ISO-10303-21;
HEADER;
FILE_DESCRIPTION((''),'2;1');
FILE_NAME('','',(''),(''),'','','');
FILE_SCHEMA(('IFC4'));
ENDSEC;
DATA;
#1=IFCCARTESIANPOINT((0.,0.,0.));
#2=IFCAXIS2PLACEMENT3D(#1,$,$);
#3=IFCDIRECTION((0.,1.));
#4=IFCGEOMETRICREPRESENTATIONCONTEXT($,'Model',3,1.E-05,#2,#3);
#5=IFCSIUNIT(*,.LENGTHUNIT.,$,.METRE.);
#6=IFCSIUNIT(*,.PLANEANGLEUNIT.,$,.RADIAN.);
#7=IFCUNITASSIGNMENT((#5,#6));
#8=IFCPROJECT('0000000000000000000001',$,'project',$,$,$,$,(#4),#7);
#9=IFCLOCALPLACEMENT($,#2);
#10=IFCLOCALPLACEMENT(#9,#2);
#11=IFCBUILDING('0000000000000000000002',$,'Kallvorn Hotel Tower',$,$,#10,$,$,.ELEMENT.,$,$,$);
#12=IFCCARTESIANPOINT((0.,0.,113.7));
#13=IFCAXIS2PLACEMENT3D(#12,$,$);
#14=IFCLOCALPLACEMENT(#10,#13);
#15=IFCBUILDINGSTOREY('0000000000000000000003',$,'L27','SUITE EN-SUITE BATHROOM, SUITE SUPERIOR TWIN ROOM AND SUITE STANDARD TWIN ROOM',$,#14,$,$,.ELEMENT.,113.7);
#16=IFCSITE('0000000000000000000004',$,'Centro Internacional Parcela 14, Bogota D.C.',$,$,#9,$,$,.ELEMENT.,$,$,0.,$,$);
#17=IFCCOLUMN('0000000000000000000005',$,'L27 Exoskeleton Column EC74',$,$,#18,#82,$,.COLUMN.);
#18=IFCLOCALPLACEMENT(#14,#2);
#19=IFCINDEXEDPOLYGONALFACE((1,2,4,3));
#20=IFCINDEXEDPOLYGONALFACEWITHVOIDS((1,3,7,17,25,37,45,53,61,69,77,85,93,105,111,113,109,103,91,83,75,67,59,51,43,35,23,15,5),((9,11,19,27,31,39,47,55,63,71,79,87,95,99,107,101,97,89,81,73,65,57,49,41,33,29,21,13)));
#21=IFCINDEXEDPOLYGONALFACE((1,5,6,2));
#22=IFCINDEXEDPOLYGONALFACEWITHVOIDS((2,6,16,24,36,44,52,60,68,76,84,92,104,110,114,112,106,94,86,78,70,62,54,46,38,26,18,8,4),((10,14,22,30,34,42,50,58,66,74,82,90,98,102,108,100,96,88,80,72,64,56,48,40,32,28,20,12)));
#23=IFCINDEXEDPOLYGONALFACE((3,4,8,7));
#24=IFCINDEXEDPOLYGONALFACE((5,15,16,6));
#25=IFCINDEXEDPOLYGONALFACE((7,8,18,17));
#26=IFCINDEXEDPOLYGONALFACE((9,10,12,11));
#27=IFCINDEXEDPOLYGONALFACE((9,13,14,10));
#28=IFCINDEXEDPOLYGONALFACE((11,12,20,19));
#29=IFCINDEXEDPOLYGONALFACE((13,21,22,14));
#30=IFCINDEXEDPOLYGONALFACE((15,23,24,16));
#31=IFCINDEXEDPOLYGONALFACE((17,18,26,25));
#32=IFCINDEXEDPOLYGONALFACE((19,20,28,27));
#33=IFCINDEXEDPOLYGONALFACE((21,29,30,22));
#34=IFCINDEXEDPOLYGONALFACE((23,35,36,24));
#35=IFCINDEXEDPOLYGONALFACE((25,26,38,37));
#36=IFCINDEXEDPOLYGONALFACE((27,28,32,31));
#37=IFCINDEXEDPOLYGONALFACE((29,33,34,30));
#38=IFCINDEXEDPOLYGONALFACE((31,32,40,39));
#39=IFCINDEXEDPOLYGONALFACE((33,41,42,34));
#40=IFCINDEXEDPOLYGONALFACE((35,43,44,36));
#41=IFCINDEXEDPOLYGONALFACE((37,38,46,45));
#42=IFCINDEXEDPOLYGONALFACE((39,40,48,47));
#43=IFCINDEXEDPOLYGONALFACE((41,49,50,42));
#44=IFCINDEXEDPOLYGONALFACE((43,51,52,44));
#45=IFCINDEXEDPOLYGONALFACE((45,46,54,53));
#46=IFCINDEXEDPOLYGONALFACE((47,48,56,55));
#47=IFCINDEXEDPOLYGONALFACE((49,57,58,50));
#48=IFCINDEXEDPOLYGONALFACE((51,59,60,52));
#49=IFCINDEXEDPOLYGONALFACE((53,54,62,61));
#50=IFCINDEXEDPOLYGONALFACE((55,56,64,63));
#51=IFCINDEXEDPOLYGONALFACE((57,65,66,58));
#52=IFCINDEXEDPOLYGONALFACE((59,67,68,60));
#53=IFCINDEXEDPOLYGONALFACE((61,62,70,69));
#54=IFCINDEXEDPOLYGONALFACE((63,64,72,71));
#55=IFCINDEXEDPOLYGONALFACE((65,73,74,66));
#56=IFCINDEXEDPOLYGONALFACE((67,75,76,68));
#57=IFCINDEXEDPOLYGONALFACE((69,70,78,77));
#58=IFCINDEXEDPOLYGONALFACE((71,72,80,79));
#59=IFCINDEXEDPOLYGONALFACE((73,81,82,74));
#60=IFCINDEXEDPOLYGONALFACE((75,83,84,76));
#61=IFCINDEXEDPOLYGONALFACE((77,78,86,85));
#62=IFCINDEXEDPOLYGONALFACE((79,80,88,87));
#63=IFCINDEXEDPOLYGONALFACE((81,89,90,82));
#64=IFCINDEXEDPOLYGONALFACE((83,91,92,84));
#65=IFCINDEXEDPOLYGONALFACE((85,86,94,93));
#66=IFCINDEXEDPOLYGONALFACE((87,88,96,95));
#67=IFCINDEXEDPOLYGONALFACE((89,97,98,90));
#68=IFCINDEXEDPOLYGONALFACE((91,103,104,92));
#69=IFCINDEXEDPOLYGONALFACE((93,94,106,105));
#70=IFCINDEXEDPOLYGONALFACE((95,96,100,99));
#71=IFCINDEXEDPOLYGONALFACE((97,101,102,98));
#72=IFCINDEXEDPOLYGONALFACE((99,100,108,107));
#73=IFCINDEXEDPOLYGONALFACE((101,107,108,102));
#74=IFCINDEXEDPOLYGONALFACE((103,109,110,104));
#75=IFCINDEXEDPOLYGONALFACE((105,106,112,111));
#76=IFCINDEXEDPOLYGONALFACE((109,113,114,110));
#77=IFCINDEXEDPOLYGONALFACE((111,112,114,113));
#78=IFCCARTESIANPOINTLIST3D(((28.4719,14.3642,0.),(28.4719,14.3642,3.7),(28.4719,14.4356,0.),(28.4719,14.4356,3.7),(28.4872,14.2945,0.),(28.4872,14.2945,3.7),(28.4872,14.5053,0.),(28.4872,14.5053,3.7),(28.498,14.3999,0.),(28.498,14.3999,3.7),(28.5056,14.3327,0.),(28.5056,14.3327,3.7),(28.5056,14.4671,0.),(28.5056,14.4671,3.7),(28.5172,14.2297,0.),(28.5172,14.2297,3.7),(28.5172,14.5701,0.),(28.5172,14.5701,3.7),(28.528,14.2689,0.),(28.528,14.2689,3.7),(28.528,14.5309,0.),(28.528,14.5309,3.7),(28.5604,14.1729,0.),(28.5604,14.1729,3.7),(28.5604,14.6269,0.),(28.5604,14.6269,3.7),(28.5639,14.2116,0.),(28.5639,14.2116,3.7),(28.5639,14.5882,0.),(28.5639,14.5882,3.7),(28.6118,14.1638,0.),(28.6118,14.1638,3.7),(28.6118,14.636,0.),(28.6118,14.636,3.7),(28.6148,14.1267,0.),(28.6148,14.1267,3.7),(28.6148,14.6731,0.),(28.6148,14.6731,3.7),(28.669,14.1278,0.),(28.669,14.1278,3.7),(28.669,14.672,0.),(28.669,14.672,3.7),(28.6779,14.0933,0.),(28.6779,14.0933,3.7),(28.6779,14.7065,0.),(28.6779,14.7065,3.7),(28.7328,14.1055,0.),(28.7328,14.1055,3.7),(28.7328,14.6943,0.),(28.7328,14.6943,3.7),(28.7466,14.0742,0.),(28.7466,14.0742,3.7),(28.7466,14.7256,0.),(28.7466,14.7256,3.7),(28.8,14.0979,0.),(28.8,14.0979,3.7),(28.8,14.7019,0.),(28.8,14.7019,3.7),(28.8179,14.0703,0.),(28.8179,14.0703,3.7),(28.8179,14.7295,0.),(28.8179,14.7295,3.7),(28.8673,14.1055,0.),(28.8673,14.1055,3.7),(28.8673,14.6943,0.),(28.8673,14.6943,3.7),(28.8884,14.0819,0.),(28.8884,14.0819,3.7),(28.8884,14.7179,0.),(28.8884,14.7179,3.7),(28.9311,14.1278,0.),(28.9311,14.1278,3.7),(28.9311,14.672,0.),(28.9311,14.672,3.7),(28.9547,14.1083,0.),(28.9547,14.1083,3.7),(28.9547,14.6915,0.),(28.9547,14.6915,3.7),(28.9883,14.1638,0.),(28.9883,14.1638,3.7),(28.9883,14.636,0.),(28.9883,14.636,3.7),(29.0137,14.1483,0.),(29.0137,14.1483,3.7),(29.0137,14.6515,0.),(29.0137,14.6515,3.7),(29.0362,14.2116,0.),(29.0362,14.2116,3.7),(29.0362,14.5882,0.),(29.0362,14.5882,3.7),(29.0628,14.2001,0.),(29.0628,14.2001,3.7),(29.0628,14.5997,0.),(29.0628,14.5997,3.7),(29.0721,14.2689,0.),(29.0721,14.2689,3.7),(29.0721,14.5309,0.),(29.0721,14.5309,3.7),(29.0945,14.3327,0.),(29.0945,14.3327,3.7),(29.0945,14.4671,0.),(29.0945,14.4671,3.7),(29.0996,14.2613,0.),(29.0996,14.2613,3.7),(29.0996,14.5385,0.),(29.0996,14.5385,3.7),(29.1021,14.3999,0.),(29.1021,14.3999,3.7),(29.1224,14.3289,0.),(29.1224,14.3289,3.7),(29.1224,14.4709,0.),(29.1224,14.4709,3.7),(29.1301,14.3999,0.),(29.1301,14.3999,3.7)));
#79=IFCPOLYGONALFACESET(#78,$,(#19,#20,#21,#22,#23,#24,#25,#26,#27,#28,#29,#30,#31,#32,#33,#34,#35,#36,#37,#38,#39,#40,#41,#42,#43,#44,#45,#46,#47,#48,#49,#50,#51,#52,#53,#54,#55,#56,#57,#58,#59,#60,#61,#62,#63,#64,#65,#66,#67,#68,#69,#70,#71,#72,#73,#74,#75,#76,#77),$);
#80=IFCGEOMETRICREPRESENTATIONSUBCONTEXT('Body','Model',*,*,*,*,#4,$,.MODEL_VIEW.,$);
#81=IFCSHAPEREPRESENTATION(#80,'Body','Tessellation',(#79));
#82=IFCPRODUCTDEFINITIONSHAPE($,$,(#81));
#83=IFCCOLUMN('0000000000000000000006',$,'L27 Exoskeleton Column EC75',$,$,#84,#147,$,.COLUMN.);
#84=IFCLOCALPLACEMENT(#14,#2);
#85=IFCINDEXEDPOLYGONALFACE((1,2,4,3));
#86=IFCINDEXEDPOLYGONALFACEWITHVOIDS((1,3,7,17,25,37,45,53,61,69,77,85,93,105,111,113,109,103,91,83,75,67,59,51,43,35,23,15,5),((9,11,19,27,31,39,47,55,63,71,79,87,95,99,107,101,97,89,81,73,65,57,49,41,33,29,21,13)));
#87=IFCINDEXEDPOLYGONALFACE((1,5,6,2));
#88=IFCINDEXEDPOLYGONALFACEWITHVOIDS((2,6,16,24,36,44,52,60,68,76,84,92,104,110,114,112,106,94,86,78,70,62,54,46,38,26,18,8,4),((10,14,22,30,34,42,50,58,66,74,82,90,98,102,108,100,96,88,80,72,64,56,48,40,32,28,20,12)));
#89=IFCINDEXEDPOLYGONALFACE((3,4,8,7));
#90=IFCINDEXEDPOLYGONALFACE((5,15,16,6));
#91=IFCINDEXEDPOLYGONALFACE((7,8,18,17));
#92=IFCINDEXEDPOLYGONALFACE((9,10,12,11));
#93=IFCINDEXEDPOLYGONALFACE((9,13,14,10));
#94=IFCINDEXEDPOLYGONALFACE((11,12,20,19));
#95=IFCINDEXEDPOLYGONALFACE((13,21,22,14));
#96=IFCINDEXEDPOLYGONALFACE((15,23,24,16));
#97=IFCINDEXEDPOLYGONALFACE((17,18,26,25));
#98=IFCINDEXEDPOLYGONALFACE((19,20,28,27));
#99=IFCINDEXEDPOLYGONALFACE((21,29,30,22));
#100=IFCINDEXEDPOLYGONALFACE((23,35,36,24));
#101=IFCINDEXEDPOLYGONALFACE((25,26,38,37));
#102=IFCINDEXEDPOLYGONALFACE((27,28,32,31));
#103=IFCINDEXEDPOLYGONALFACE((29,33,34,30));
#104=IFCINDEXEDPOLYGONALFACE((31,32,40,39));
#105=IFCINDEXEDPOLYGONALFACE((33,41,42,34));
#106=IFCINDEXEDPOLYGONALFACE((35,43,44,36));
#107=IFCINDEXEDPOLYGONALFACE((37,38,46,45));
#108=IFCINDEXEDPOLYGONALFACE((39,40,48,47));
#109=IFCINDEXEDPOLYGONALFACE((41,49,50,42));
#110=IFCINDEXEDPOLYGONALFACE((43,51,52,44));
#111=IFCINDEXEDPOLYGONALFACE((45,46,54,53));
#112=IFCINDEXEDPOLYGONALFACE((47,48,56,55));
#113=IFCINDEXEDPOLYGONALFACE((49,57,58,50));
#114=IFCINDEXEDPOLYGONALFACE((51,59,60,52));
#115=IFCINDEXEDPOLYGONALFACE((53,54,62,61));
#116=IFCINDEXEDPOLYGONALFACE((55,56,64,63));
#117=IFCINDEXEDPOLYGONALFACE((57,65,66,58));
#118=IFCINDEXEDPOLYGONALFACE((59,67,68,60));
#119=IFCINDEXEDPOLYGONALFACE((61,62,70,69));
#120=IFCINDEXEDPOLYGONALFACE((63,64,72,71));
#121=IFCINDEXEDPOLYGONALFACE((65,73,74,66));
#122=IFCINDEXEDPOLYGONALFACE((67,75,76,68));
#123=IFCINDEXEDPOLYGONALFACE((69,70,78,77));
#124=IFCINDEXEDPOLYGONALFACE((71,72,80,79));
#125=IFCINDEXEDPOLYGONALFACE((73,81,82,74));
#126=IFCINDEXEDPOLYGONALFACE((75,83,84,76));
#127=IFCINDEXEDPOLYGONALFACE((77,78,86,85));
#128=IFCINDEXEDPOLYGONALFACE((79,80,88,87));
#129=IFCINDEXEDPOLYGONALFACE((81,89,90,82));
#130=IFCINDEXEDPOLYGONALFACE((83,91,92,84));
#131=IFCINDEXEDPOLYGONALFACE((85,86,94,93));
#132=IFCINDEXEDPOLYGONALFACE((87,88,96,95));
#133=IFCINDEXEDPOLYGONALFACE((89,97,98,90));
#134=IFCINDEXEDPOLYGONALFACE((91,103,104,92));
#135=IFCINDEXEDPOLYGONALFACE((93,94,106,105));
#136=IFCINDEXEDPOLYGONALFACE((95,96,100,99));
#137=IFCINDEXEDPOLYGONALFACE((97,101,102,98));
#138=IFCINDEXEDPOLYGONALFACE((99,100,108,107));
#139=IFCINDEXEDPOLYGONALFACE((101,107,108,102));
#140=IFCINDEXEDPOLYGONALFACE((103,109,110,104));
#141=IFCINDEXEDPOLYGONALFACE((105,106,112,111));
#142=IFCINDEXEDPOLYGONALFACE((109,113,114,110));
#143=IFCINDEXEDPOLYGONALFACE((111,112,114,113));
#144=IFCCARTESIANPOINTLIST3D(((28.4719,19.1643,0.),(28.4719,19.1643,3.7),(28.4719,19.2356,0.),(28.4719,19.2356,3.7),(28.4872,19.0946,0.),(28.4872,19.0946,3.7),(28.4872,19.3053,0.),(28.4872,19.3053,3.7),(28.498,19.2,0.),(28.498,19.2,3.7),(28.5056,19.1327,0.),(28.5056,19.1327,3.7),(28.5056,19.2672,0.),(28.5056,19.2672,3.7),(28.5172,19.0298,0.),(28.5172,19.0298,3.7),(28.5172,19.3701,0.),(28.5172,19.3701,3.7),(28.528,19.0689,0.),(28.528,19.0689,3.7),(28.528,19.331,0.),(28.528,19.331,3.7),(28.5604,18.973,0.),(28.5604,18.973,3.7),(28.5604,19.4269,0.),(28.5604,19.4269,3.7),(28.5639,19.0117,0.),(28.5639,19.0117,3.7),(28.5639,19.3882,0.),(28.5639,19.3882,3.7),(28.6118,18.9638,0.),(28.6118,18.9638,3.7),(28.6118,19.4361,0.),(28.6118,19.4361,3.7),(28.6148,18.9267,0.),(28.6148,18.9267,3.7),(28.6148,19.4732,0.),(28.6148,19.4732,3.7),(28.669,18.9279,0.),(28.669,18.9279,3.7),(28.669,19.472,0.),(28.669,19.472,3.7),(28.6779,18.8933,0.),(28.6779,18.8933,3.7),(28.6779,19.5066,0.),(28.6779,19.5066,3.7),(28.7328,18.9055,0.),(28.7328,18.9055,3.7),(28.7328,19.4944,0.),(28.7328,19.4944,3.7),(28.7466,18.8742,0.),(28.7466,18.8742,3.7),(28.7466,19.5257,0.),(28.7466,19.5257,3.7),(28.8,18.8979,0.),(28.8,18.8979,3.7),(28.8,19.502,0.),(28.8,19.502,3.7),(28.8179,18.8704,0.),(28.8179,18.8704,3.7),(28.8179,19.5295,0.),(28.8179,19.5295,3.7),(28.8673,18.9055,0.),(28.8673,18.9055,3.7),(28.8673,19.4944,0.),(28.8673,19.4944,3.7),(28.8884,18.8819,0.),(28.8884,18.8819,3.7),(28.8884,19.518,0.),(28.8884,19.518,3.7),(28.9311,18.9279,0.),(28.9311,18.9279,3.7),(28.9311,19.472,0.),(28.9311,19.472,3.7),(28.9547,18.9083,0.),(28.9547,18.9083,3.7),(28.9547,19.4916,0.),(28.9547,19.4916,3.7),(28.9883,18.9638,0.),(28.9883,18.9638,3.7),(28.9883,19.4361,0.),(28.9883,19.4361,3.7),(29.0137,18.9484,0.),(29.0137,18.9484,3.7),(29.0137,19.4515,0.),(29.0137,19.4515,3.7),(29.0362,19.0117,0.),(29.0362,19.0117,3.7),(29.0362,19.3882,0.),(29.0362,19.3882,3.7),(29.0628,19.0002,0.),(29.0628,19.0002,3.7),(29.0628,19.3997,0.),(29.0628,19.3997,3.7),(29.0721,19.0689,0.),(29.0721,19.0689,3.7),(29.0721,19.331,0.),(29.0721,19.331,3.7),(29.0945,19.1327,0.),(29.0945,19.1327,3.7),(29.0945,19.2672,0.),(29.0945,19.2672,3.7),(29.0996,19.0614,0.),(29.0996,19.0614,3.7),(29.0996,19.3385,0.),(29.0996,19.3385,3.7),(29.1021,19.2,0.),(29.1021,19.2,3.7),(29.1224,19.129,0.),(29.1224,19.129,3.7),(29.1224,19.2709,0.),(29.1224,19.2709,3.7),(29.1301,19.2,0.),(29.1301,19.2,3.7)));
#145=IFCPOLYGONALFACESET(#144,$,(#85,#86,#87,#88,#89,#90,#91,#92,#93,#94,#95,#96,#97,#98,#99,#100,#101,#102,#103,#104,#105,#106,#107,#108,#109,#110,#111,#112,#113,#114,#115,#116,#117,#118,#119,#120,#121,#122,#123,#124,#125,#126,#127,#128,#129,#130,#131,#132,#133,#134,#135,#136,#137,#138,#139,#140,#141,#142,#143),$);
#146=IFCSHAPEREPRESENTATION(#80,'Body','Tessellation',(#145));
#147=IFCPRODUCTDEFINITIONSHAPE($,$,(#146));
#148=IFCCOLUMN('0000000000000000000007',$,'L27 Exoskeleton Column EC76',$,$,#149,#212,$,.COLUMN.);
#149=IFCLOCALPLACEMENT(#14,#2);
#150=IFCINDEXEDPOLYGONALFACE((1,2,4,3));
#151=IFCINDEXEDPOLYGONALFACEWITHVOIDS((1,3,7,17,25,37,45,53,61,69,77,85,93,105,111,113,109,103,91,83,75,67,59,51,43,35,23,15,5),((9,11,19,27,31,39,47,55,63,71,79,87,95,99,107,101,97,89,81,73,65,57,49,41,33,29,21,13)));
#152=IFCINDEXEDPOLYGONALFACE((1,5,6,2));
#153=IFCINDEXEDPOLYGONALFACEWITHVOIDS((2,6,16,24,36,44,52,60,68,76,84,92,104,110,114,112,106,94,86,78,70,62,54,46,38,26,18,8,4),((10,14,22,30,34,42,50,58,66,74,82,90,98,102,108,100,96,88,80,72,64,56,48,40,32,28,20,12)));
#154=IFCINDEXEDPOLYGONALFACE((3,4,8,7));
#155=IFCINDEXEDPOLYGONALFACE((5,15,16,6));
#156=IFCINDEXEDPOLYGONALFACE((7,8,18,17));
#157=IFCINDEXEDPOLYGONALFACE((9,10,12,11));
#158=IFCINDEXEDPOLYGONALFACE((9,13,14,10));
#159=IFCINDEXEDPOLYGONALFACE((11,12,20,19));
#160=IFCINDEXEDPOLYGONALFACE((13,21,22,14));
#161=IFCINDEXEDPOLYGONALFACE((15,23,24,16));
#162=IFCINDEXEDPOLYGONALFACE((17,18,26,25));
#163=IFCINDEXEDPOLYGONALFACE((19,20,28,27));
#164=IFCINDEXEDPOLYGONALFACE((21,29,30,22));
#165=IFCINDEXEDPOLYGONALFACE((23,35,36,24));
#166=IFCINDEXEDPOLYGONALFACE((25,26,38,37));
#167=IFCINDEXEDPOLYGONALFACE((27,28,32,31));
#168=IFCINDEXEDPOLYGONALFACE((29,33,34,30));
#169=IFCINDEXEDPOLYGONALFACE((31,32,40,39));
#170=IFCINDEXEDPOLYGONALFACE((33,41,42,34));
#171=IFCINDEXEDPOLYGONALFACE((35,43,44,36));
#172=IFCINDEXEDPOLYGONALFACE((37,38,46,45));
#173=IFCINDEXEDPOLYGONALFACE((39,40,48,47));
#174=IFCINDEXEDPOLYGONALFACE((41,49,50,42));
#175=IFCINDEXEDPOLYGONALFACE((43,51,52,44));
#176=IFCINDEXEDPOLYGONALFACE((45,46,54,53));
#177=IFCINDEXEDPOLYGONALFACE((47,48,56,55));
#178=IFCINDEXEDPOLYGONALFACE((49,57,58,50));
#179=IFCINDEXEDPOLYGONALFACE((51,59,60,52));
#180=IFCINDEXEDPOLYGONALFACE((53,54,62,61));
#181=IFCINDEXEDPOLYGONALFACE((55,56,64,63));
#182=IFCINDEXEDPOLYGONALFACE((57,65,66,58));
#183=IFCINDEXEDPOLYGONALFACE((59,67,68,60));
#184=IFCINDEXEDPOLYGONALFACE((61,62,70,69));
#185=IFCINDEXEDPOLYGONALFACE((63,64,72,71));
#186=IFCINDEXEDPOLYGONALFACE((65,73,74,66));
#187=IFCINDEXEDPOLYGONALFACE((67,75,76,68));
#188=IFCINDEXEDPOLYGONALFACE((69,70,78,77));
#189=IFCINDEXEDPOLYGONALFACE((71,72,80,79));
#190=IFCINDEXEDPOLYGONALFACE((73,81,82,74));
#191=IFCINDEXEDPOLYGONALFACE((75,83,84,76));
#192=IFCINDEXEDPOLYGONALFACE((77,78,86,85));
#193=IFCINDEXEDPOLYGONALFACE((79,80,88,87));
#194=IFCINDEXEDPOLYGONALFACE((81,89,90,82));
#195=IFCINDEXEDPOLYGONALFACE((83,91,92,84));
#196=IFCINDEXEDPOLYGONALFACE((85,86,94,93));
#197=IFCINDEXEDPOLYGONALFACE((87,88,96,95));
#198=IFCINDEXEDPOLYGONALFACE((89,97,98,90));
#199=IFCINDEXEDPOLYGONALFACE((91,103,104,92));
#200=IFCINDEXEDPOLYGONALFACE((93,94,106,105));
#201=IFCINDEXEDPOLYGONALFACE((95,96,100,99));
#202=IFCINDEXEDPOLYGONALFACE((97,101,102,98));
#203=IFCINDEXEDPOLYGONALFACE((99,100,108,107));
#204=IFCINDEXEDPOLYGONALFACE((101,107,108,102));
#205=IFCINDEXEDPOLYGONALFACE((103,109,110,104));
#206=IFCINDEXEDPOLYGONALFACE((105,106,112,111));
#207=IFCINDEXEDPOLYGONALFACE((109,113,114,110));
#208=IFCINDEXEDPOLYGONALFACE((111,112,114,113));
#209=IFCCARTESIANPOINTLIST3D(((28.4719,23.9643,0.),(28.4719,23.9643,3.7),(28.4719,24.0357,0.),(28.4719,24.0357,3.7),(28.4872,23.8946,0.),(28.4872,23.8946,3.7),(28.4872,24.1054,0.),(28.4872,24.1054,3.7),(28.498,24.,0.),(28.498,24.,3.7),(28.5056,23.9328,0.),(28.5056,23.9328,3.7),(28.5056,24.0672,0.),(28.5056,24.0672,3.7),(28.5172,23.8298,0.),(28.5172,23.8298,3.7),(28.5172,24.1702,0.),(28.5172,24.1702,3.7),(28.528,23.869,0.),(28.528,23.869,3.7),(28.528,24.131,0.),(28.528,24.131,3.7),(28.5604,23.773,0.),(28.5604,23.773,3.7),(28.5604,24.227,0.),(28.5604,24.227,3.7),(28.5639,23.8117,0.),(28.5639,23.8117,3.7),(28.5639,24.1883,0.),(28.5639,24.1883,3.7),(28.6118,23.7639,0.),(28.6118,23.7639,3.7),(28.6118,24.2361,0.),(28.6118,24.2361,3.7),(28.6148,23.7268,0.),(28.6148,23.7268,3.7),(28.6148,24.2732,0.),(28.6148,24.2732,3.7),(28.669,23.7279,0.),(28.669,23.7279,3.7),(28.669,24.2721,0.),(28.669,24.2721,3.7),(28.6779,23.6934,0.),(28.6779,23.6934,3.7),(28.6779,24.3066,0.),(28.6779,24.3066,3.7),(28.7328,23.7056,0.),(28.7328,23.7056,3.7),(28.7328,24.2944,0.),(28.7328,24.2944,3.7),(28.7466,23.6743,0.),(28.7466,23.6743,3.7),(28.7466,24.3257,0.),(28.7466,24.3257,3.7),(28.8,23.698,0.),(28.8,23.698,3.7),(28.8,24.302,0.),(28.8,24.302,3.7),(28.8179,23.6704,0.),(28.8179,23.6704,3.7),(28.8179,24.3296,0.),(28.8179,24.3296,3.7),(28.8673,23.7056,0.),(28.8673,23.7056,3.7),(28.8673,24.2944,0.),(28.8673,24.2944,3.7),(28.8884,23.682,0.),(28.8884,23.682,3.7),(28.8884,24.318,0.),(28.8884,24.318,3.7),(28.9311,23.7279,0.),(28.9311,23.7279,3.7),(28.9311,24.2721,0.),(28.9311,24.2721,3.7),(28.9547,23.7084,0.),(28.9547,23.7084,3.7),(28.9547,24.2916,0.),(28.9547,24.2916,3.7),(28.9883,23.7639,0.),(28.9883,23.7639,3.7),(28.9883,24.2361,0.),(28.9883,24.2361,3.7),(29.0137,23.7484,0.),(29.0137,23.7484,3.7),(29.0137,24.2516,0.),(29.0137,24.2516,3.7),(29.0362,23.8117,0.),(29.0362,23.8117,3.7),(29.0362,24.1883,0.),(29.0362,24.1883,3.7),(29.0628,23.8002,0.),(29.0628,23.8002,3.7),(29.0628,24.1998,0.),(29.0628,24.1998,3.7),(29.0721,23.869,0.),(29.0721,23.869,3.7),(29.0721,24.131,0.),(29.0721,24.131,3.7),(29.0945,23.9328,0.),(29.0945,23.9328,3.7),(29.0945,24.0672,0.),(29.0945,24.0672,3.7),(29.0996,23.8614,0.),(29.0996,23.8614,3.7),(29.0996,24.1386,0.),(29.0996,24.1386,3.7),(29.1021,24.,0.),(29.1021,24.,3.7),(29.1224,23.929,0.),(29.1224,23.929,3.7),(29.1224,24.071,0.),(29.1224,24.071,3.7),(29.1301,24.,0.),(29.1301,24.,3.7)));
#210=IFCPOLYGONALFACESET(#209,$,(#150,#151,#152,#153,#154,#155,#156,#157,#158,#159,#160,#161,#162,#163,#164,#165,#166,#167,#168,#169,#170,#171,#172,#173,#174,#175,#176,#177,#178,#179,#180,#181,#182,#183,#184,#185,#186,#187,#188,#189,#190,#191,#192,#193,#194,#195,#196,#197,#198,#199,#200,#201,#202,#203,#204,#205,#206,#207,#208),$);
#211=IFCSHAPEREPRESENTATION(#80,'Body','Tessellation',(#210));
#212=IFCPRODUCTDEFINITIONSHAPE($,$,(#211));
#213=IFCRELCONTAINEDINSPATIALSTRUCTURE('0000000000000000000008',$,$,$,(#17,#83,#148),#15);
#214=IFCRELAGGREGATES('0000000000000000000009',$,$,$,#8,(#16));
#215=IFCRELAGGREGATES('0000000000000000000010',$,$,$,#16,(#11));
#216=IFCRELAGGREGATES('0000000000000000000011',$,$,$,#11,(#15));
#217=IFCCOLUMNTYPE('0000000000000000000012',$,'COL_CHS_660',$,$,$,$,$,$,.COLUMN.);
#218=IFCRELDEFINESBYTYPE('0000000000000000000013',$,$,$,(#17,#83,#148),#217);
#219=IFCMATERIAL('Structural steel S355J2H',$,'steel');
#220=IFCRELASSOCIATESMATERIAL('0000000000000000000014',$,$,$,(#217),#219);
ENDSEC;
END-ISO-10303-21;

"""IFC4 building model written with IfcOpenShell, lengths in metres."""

from ifc_helpers import new_model, si_unit, direction, frame, origin, origin_2d, place, context, subcontext, project, spatial, hollow_circle, extrude, material, material_profile, profile_set, type_object, element, save


model = new_model("IFC4")

# Units and contexts
model_context = context("Model", 3, precision=1e-05, world=origin(), true_north=direction((0.0, 1.0)))
body_context = subcontext(model_context, "Body", "Model", "MODEL_VIEW")
ifc_project = project(units=[si_unit("LENGTHUNIT", "METRE"), si_unit("PLANEANGLEUNIT", "RADIAN")], contexts=[model_context])

# Site, building, storey
site_placement = place(None, origin())
site = spatial("IfcSite", under=ifc_project, at=site_placement, Name="Centro Internacional Parcela 14, Bogota D.C.", CompositionType="ELEMENT", RefElevation=0.0)
building_placement = place(site_placement, origin())
building = spatial("IfcBuilding", under=site, at=building_placement, Name="Kallvorn Hotel Tower", CompositionType="ELEMENT")
storey_placement = place(building_placement, frame((0.0, 0.0, 113.7)))
storey = spatial("IfcBuildingStorey", under=building, at=storey_placement, Name="L27", Description="SUITE EN-SUITE BATHROOM, SUITE SUPERIOR TWIN ROOM AND SUITE STANDARD TWIN ROOM", CompositionType="ELEMENT", Elevation=113.7)

# Columns
ifc_material_1 = material(Name="Structural steel S355J2H", Category="steel")
ifc_material_profile_1 = material_profile(ifc_material_1, hollow_circle(Radius=0.3301, WallThickness=0.0281, at=origin_2d()), Name="CHS 660x28")
ifc_profile_set_1 = profile_set([ifc_material_profile_1], Name="Structural steel S355J2H")
column_type_1 = type_object("IfcColumnType", Name="COL_CHS_660", PredefinedType="COLUMN", material=ifc_profile_set_1)
for number, where, z_axis, x_axis, name in (
    (1, (28.8, 14.3999, 0.0), (0.0, 0.0, 1.0), (1.0, 0.0, 0.0), "L27 Exoskeleton Column EC74"),
    (2, (28.8, 19.2, 0.0), (0.0, 0.0, 1.0), (1.0, 0.0, 0.0), "L27 Exoskeleton Column EC75"),
    (3, (28.8, 24.0, 0.0), (0.0, 0.0, 1.0), (1.0, 0.0, 0.0), "L27 Exoskeleton Column EC76"),
):
    element("IfcColumn", number, at=place(storey_placement, frame(where, z_axis=z_axis, x_axis=x_axis)), inside=storey, type_object=column_type_1, Name=name, PredefinedType="COLUMN", context=body_context, shape_type="SweptSolid", body=[
        extrude(hollow_circle(Radius=0.3301, WallThickness=0.0281, at=origin_2d()), origin(), (0.0, 0.0, 1.0), 3.7),
    ])

save(model, "model.ifc")
